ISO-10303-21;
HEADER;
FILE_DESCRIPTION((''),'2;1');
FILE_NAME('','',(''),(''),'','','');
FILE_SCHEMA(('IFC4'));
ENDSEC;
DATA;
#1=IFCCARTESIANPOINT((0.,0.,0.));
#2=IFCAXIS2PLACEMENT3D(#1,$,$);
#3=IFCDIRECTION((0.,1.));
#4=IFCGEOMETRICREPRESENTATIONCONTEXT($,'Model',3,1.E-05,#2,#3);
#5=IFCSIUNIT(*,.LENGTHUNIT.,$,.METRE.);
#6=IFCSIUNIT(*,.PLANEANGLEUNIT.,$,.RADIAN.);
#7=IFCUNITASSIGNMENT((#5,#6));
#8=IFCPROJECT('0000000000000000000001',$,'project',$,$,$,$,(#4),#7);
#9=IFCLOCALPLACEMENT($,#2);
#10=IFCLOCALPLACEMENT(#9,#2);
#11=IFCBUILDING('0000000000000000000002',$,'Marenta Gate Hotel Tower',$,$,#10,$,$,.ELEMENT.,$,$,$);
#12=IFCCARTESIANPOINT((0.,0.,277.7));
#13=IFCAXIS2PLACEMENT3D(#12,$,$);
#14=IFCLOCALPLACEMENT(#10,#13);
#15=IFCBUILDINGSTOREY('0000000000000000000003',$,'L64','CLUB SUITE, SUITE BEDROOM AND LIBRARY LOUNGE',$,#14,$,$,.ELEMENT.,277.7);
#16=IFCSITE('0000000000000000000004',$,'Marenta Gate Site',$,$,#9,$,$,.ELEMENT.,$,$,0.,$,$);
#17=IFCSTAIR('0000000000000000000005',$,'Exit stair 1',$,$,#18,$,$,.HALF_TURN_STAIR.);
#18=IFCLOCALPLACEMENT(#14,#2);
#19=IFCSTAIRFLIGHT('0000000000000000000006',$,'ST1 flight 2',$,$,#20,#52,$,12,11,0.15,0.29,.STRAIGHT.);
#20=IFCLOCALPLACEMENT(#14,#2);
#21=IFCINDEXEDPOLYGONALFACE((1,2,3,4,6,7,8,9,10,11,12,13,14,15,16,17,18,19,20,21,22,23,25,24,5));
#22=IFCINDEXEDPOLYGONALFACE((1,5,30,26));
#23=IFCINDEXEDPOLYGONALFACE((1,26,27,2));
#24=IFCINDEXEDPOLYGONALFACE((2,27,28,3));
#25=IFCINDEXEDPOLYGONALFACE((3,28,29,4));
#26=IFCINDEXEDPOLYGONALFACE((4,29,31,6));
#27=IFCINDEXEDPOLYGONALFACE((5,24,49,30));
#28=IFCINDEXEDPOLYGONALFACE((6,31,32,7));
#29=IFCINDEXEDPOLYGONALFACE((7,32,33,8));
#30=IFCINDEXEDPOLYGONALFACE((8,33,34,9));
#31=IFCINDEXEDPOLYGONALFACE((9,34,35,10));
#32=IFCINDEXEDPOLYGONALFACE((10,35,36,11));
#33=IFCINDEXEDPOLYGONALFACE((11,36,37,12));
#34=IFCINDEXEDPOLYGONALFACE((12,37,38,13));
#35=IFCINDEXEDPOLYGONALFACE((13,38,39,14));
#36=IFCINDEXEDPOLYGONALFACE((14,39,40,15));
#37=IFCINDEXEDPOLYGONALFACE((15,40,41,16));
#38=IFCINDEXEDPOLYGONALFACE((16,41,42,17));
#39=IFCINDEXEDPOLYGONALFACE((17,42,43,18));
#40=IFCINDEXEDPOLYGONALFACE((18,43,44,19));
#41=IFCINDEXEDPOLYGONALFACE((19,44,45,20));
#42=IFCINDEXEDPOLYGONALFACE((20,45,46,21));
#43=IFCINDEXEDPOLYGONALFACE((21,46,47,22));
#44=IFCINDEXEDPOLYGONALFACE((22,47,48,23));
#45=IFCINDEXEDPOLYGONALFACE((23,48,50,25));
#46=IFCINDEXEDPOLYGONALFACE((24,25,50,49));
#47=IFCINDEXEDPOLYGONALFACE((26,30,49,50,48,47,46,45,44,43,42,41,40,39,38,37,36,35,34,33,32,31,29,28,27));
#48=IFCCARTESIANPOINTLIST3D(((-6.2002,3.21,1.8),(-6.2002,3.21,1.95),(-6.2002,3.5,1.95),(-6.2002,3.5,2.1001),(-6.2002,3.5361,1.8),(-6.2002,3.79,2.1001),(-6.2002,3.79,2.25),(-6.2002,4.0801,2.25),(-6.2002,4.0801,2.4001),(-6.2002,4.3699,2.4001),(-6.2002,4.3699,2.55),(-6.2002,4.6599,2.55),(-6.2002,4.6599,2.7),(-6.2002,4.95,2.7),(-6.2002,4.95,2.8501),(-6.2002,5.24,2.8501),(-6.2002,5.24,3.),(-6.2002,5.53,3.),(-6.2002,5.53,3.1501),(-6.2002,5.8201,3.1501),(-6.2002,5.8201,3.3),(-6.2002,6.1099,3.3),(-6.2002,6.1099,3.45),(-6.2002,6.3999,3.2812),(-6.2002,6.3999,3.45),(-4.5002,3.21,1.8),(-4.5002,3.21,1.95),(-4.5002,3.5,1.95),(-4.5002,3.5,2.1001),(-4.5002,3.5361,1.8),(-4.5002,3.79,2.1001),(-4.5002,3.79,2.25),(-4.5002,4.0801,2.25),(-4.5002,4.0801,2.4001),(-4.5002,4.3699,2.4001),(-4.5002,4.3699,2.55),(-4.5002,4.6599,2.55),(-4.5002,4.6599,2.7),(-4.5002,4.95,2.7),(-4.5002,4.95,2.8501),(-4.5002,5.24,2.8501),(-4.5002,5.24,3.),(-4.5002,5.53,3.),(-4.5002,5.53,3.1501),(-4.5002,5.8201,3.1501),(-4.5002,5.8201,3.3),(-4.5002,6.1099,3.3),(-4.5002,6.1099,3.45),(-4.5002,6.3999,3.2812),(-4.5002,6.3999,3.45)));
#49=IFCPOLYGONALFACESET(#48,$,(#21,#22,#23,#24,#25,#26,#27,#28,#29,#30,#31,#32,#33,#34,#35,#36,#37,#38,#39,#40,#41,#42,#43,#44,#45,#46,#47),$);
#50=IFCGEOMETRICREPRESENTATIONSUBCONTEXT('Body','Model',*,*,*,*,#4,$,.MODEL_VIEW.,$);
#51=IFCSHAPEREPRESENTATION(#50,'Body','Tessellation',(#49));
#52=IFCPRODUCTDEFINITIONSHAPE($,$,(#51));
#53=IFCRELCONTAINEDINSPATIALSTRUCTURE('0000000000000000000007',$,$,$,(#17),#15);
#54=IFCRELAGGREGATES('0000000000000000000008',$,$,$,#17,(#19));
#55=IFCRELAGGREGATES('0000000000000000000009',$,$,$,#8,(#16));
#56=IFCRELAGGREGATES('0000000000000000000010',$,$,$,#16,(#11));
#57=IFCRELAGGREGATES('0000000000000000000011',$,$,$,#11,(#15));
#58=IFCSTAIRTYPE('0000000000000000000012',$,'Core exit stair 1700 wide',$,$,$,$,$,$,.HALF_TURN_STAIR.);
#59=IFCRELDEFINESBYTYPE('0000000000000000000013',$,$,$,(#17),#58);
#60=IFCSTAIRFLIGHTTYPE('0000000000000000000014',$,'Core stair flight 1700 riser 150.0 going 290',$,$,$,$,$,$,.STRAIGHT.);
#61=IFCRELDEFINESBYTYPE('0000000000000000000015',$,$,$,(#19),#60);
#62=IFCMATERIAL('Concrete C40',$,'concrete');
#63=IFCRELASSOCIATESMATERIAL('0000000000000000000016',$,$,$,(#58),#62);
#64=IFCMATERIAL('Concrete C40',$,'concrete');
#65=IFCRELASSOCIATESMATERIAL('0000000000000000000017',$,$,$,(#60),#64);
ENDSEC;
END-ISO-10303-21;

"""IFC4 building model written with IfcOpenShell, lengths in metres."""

from ifc_helpers import new_model, si_unit, direction, frame, origin, place, context, subcontext, project, spatial, polyline, outline, extrude, material, type_object, element, aggregate, save


model = new_model("IFC4")

# Units and contexts
model_context = context("Model", 3, precision=1e-05, world=origin(), true_north=direction((0.0, 1.0)))
body_context = subcontext(model_context, "Body", "Model", "MODEL_VIEW")
ifc_project = project(units=[si_unit("LENGTHUNIT", "METRE"), si_unit("PLANEANGLEUNIT", "RADIAN")], contexts=[model_context])

# Site, building, storey
site_placement = place(None, origin())
site = spatial("IfcSite", under=ifc_project, at=site_placement, Name="Marenta Gate Site", CompositionType="ELEMENT", RefElevation=0.0)
building_placement = place(site_placement, origin())
building = spatial("IfcBuilding", under=site, at=building_placement, Name="Marenta Gate Hotel Tower", CompositionType="ELEMENT")
storey_placement = place(building_placement, frame((0.0, 0.0, 277.7)))
storey = spatial("IfcBuildingStorey", under=building, at=storey_placement, Name="L64", Description="CLUB SUITE, SUITE BEDROOM AND LIBRARY LOUNGE", CompositionType="ELEMENT", Elevation=277.7)

# Stair, stair flight
ifc_material_1 = material(Name="Concrete C40", Category="concrete")
stair_type = type_object("IfcStairType", Name="Core exit stair 1700 wide", PredefinedType="HALF_TURN_STAIR", material=ifc_material_1)
stair_placement = place(storey_placement, origin())
stair = element("IfcStair", 1, at=stair_placement, inside=storey, type_object=stair_type, Name="Exit stair 1", PredefinedType="HALF_TURN_STAIR")
ifc_material_2 = material(Name="Concrete C40", Category="concrete")
stair_flight_type = type_object("IfcStairFlightType", Name="Core stair flight 1700 riser 150.0 going 290", PredefinedType="STRAIGHT", material=ifc_material_2)
stair_flight_1_placement = place(storey_placement, frame((-5.3501, 3.21, 1.8), z_axis=(0.0, 0.0, 1.0), x_axis=(0.0, 1.0, 0.0)))
stair_flight_1 = element("IfcStairFlight", 2, at=stair_flight_1_placement, type_object=stair_flight_type, Name="ST1 flight 2", NumberOfRisers=12, NumberOfTreads=11, PredefinedType="STRAIGHT", RiserHeight=0.15, TreadLength=0.29, context=body_context, shape_type="SweptSolid", body=[
    extrude(outline(polyline([(0.0, 0.0), (0.0, 0.1499), (0.29, 0.1499), (0.29, 0.3), (0.5801, 0.3), (0.5801, 0.45), (0.8701, 0.45), (0.8701, 0.6001), (1.1599, 0.6001), (1.1599, 0.75), (1.45, 0.75), (1.45, 0.8999), (1.74, 0.8999), (1.74, 1.05), (2.03, 1.05), (2.03, 1.2), (2.3201, 1.2), (2.3201, 1.3501), (2.6101, 1.3501), (2.6101, 1.5), (2.8999, 1.5), (2.8999, 1.6499), (3.1899, 1.6499), (3.1899, 1.8), (3.1899, 1.4812), (0.3262, 0.0), (0.0, 0.0)])), frame((0.0, 0.8501, 0.0), z_axis=(0.0, -1.0, 0.0), x_axis=(1.0, 0.0, 0.0)), (0.0, 0.0, 1.0), 1.7),
])
aggregate(stair, [stair_flight_1])

save(model, "model.ifc")
